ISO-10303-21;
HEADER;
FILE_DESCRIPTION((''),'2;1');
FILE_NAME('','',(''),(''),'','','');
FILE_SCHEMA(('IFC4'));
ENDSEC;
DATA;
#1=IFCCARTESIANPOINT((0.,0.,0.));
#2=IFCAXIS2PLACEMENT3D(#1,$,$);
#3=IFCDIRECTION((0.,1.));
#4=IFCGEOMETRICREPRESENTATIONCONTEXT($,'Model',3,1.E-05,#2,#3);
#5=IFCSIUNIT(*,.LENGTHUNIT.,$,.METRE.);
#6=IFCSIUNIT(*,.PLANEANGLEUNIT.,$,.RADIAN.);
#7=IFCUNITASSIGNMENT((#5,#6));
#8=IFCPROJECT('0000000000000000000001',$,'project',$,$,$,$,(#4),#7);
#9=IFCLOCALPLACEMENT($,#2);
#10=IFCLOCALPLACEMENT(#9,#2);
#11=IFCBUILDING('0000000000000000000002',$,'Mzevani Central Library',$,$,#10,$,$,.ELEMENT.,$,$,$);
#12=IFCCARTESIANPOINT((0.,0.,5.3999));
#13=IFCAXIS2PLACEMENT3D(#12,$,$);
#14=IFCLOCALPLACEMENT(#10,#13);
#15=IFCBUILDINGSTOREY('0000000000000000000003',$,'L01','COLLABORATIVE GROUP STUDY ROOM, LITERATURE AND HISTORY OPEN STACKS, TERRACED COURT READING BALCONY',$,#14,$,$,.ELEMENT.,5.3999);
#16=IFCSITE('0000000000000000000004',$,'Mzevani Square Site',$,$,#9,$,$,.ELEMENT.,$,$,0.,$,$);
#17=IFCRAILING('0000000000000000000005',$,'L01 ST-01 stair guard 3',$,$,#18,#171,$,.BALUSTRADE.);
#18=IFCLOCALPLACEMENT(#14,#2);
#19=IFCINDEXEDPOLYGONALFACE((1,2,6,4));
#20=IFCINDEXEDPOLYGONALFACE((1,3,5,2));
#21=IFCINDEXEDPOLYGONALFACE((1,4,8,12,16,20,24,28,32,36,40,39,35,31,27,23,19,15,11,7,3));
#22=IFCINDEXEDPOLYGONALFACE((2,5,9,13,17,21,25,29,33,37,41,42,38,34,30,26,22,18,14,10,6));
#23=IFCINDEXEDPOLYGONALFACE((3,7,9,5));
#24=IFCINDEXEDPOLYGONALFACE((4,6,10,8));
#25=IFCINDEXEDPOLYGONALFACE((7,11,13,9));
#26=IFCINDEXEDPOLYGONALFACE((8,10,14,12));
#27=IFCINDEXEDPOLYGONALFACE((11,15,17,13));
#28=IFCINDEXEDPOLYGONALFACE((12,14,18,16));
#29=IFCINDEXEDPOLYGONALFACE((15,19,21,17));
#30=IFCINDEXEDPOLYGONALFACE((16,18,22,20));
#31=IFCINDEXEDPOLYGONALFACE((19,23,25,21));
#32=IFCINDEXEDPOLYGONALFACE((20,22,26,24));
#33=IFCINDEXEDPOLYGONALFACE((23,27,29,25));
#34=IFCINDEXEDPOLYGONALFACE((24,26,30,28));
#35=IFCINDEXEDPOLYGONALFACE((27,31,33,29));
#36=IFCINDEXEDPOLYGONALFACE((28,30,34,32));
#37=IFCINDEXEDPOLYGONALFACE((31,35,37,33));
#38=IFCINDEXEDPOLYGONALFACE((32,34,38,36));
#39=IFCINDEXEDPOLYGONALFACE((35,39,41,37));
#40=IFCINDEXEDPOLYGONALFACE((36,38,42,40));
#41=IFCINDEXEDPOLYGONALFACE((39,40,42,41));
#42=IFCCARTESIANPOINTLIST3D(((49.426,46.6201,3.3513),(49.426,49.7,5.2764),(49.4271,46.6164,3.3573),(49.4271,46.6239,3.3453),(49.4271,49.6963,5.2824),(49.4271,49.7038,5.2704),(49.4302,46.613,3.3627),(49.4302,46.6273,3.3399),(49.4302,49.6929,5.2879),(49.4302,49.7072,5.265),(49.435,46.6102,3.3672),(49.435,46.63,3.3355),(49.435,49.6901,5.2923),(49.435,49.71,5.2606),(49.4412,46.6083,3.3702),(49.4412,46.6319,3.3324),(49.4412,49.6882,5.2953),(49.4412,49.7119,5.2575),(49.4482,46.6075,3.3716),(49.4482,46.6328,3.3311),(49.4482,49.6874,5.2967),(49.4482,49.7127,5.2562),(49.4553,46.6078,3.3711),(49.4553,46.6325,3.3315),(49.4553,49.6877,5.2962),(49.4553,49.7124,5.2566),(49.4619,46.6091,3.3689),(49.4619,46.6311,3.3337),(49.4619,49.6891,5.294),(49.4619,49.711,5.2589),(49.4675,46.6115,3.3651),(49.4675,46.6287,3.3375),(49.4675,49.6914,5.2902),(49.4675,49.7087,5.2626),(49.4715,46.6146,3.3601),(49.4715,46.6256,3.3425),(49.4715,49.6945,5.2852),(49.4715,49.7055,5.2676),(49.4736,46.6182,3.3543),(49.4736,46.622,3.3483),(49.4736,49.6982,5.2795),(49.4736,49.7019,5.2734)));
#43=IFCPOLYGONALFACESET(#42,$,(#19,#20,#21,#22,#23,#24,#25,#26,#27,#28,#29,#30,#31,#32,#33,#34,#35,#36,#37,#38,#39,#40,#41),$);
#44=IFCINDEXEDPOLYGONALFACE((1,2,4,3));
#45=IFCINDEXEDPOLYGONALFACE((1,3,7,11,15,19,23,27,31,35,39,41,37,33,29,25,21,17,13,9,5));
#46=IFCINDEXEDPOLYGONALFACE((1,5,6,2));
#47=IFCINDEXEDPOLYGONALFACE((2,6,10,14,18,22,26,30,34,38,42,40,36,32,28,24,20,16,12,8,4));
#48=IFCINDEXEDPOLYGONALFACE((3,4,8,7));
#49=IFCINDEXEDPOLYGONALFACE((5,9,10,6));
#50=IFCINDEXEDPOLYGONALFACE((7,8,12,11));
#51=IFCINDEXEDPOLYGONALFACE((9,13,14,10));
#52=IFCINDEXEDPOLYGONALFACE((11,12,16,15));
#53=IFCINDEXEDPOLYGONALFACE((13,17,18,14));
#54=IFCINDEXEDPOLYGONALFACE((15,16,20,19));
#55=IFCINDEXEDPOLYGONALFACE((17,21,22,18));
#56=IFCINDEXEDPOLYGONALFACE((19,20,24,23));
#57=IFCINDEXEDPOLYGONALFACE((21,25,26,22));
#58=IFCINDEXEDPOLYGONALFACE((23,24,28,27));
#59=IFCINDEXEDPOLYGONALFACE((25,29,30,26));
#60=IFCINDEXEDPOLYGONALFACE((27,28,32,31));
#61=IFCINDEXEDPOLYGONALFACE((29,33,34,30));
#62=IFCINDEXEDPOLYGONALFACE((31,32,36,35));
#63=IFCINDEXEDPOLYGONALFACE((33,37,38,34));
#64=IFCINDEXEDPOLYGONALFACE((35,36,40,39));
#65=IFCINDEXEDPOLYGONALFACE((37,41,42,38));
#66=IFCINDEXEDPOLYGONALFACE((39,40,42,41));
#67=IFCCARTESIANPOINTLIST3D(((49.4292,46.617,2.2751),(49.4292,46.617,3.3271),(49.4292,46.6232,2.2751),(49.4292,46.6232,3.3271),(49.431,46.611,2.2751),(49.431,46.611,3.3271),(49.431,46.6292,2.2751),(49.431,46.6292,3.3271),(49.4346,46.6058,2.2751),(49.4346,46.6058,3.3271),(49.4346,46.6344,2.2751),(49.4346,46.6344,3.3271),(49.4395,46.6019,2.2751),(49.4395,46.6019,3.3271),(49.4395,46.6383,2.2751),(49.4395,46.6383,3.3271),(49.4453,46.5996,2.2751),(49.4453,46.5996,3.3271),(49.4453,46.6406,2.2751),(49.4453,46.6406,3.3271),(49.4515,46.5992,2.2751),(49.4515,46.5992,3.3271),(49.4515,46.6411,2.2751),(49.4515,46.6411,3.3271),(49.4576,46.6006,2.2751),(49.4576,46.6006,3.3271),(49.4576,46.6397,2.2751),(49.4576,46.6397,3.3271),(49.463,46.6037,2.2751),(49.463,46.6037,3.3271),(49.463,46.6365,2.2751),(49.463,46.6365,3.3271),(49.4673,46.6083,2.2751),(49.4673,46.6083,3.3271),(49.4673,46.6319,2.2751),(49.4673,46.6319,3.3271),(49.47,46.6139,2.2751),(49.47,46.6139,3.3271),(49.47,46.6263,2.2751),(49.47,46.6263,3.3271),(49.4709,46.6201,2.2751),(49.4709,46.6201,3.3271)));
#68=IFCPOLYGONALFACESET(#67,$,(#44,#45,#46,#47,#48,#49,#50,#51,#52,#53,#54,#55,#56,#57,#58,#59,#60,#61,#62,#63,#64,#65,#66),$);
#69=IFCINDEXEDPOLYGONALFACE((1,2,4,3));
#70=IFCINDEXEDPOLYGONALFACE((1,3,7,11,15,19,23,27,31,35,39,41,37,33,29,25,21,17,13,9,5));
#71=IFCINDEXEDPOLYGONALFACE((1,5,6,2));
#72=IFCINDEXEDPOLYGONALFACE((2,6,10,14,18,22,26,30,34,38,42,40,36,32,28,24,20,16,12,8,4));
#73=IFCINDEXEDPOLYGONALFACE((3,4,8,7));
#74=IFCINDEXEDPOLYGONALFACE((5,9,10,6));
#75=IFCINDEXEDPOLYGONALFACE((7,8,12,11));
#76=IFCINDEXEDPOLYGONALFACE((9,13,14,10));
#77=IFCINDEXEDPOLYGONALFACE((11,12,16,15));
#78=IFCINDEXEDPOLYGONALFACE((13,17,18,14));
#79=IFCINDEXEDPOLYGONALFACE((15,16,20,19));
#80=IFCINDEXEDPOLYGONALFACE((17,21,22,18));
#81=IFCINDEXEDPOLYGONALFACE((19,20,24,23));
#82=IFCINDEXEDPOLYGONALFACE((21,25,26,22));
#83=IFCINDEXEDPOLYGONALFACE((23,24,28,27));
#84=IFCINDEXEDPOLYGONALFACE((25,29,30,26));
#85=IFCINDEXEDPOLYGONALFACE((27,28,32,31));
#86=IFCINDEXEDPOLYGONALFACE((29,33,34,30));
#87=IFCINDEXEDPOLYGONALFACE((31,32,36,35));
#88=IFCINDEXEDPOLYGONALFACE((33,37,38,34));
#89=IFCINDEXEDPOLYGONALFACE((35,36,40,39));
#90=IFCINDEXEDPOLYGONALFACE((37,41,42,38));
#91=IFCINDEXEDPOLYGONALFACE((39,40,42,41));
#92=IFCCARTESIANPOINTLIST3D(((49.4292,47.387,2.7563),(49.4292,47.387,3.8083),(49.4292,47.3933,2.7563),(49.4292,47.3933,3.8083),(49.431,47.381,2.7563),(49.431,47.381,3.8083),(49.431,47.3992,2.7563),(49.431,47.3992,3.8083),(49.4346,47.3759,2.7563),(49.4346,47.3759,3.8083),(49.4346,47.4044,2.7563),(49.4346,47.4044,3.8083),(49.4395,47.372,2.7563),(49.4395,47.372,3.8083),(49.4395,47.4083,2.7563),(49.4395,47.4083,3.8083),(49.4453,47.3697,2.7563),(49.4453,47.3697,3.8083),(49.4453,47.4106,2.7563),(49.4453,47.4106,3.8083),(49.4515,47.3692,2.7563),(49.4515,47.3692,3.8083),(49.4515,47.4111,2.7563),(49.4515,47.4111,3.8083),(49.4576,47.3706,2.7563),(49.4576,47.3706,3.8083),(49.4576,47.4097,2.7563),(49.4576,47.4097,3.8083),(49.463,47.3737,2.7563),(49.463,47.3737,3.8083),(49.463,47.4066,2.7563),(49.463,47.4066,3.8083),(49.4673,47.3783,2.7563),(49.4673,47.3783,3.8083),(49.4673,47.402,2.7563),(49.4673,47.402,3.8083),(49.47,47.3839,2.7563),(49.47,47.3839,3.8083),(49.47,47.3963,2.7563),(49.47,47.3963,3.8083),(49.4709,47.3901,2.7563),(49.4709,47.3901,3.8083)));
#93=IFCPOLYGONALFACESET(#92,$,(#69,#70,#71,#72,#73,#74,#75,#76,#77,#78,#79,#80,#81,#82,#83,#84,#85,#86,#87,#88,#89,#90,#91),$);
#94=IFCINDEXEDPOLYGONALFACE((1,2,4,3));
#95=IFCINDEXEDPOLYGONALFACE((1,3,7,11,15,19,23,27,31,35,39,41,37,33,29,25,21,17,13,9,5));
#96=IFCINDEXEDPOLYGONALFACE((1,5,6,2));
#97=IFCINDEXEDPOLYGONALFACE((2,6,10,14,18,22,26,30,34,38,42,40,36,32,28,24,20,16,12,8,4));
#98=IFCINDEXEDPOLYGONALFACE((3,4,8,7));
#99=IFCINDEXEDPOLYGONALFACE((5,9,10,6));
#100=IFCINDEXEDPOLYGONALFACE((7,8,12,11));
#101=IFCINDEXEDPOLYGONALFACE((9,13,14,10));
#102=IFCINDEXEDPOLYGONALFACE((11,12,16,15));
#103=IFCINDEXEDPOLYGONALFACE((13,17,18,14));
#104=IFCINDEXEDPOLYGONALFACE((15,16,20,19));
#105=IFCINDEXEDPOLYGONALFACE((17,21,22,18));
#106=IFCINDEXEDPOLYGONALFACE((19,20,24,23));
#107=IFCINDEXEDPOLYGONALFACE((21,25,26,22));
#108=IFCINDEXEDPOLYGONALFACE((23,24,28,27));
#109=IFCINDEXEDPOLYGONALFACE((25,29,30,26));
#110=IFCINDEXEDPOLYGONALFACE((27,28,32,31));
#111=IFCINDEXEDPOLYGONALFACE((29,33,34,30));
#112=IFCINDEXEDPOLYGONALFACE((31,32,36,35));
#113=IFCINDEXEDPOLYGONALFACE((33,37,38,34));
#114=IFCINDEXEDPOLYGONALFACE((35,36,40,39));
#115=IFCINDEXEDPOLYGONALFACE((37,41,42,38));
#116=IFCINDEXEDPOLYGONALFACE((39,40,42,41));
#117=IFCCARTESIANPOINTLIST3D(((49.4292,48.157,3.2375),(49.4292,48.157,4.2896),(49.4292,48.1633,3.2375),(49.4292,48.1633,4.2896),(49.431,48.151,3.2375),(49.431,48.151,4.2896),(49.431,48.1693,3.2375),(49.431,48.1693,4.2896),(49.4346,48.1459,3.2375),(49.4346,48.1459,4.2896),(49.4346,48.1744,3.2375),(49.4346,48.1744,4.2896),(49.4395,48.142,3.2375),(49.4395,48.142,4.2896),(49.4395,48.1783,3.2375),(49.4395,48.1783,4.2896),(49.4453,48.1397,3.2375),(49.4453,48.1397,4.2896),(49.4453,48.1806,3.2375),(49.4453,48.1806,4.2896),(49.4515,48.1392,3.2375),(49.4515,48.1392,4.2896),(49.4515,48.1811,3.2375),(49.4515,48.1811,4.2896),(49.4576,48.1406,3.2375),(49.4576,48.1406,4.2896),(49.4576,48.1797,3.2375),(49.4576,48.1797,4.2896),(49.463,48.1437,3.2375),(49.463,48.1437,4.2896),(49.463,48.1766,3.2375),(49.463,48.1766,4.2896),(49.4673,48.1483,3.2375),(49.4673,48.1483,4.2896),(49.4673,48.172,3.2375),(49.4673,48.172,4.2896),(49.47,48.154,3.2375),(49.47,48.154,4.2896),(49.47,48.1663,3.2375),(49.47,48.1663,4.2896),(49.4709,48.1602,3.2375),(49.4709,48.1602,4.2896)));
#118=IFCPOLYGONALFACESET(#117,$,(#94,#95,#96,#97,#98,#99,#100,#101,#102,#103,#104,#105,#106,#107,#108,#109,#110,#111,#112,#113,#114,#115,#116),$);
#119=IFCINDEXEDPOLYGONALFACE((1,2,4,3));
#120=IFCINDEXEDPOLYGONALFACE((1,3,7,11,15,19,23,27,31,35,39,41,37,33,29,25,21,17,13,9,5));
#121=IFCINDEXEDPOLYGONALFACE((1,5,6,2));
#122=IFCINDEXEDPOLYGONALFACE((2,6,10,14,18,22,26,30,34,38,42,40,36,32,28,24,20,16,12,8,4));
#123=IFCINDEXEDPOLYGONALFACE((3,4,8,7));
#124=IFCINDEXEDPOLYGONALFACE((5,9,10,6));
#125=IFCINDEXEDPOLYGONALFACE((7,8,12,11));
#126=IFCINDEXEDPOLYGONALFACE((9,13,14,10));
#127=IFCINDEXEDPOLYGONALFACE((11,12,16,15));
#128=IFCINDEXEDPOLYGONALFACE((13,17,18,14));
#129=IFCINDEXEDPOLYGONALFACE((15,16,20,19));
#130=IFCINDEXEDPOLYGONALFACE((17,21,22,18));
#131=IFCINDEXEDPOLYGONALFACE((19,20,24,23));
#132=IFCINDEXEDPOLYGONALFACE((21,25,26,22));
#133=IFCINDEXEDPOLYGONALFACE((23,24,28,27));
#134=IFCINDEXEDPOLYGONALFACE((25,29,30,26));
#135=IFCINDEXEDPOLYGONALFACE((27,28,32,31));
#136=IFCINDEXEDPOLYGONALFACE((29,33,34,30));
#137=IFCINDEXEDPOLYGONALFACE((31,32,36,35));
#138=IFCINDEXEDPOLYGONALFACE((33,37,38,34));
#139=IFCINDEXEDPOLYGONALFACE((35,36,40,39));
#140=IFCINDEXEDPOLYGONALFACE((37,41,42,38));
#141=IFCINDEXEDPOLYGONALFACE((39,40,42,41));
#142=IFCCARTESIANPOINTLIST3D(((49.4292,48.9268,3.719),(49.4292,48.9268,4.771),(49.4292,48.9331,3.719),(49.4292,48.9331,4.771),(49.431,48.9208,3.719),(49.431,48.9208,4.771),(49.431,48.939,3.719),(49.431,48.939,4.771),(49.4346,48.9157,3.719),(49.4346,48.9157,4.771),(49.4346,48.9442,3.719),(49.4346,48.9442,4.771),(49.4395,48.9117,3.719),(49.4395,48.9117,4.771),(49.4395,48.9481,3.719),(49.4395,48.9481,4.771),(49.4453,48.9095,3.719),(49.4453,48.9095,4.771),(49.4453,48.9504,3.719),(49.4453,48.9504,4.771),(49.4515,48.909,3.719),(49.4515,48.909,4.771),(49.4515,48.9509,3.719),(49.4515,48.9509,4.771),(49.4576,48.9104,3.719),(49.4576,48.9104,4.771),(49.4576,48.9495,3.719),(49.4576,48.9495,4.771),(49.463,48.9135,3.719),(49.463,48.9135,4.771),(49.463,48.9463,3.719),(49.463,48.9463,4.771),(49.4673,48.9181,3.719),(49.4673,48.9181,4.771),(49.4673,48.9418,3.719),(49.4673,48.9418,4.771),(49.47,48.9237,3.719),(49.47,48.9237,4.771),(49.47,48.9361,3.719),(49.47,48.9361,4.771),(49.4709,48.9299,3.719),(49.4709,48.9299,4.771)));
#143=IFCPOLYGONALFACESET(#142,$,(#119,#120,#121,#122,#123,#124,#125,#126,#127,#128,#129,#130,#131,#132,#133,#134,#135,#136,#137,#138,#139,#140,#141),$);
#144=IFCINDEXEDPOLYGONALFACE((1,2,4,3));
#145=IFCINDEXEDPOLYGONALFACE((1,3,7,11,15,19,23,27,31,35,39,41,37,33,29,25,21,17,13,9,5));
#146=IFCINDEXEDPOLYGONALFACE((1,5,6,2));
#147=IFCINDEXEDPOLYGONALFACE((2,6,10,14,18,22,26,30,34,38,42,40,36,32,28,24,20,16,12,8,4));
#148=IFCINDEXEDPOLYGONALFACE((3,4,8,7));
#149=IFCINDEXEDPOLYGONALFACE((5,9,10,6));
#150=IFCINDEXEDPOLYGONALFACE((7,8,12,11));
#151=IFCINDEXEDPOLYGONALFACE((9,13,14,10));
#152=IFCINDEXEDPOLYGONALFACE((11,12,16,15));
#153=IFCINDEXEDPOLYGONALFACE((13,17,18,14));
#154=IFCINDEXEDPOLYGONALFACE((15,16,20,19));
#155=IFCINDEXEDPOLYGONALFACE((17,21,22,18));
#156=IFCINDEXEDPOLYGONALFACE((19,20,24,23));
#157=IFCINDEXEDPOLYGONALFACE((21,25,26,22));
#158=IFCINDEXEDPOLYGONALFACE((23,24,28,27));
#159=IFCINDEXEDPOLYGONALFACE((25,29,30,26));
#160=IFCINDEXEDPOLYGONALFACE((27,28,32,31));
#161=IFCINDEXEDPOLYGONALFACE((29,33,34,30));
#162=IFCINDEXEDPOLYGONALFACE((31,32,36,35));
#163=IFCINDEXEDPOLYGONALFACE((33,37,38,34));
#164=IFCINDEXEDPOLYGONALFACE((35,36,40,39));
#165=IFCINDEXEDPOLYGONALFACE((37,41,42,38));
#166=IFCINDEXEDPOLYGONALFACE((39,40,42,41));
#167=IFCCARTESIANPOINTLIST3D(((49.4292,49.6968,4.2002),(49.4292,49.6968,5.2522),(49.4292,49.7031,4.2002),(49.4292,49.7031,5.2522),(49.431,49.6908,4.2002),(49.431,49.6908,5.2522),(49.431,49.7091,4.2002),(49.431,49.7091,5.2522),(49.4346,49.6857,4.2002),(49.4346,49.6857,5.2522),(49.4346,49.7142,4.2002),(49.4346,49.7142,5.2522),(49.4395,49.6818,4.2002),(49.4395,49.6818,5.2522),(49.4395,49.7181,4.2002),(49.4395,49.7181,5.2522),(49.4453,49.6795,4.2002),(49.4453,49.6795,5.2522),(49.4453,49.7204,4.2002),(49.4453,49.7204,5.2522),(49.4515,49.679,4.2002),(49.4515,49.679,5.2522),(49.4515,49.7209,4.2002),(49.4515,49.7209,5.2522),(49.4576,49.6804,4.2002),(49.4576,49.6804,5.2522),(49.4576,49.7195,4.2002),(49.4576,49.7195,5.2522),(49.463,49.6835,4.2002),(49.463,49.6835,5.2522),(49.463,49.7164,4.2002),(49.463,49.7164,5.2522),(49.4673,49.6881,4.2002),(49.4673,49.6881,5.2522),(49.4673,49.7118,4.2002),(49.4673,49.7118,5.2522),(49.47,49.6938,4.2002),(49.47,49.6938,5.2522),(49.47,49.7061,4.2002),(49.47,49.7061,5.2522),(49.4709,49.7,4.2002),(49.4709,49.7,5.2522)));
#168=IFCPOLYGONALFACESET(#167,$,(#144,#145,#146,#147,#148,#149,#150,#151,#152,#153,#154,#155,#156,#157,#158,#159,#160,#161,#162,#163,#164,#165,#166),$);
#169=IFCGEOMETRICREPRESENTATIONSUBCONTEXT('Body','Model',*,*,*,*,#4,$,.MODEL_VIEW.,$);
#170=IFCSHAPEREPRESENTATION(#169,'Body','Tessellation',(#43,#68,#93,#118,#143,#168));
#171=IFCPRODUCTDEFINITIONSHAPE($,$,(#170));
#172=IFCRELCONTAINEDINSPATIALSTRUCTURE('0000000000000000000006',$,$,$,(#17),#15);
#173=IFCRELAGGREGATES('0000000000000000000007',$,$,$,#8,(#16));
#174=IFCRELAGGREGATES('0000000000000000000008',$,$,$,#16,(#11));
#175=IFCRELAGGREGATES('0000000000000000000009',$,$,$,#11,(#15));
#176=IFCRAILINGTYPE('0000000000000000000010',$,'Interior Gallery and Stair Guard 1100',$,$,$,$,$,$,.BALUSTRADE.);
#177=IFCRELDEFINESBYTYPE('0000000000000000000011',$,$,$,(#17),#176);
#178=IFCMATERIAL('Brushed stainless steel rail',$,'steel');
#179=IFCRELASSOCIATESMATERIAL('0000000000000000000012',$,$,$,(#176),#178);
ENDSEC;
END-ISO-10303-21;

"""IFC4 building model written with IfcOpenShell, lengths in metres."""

from ifc_helpers import new_model, si_unit, direction, frame, origin, origin_2d, place, context, subcontext, project, spatial, circle, extrude, material, type_object, element, save


model = new_model("IFC4")

# Units and contexts
model_context = context("Model", 3, precision=1e-05, world=origin(), true_north=direction((0.0, 1.0)))
body_context = subcontext(model_context, "Body", "Model", "MODEL_VIEW")
ifc_project = project(units=[si_unit("LENGTHUNIT", "METRE"), si_unit("PLANEANGLEUNIT", "RADIAN")], contexts=[model_context])

# Site, building, storey
site_placement = place(None, origin())
site = spatial("IfcSite", under=ifc_project, at=site_placement, Name="Mzevani Square Site", CompositionType="ELEMENT", RefElevation=0.0)
building_placement = place(site_placement, origin())
building = spatial("IfcBuilding", under=site, at=building_placement, Name="Mzevani Central Library", CompositionType="ELEMENT")
storey_placement = place(building_placement, frame((0.0, 0.0, 5.3999)))
storey = spatial("IfcBuildingStorey", under=building, at=storey_placement, Name="L01", Description="COLLABORATIVE GROUP STUDY ROOM, LITERATURE AND HISTORY OPEN STACKS, TERRACED COURT READING BALCONY", CompositionType="ELEMENT", Elevation=5.3999)

# Railing
ifc_material_1 = material(Name="Brushed stainless steel rail", Category="steel")
railing_type_1 = type_object("IfcRailingType", Name="Interior Gallery and Stair Guard 1100", PredefinedType="BALUSTRADE", material=ifc_material_1)
railing_1_placement = place(storey_placement, frame((49.45, 46.6201, 2.2751)))
element("IfcRailing", 1, at=railing_1_placement, inside=storey, type_object=railing_type_1, Name="L01 ST-01 stair guard 3", PredefinedType="BALUSTRADE", context=body_context, shape_type="SweptSolid", body=[
    extrude(circle(Radius=0.0239, at=origin_2d()), frame((0.0, 0.0, 1.0762), z_axis=(0.0, 0.847979, 0.530029), x_axis=(-1.0, 0.0, 0.0)), (0.0, 0.0, 1.0), 3.6321),
    extrude(circle(Radius=0.021, at=origin_2d()), origin(), (0.0, 0.0, 1.0), 1.052),
    extrude(circle(Radius=0.021, at=origin_2d()), frame((0.0, 0.77, 0.4812)), (0.0, 0.0, 1.0), 1.052),
    extrude(circle(Radius=0.021, at=origin_2d()), frame((0.0, 1.54, 0.9624)), (0.0, 0.0, 1.0), 1.052),
    extrude(circle(Radius=0.021, at=origin_2d()), frame((0.0, 2.3098, 1.4438)), (0.0, 0.0, 1.0), 1.052),
    extrude(circle(Radius=0.021, at=origin_2d()), frame((0.0, 3.0798, 1.925)), (0.0, 0.0, 1.0), 1.052),
])

save(model, "model.ifc")
